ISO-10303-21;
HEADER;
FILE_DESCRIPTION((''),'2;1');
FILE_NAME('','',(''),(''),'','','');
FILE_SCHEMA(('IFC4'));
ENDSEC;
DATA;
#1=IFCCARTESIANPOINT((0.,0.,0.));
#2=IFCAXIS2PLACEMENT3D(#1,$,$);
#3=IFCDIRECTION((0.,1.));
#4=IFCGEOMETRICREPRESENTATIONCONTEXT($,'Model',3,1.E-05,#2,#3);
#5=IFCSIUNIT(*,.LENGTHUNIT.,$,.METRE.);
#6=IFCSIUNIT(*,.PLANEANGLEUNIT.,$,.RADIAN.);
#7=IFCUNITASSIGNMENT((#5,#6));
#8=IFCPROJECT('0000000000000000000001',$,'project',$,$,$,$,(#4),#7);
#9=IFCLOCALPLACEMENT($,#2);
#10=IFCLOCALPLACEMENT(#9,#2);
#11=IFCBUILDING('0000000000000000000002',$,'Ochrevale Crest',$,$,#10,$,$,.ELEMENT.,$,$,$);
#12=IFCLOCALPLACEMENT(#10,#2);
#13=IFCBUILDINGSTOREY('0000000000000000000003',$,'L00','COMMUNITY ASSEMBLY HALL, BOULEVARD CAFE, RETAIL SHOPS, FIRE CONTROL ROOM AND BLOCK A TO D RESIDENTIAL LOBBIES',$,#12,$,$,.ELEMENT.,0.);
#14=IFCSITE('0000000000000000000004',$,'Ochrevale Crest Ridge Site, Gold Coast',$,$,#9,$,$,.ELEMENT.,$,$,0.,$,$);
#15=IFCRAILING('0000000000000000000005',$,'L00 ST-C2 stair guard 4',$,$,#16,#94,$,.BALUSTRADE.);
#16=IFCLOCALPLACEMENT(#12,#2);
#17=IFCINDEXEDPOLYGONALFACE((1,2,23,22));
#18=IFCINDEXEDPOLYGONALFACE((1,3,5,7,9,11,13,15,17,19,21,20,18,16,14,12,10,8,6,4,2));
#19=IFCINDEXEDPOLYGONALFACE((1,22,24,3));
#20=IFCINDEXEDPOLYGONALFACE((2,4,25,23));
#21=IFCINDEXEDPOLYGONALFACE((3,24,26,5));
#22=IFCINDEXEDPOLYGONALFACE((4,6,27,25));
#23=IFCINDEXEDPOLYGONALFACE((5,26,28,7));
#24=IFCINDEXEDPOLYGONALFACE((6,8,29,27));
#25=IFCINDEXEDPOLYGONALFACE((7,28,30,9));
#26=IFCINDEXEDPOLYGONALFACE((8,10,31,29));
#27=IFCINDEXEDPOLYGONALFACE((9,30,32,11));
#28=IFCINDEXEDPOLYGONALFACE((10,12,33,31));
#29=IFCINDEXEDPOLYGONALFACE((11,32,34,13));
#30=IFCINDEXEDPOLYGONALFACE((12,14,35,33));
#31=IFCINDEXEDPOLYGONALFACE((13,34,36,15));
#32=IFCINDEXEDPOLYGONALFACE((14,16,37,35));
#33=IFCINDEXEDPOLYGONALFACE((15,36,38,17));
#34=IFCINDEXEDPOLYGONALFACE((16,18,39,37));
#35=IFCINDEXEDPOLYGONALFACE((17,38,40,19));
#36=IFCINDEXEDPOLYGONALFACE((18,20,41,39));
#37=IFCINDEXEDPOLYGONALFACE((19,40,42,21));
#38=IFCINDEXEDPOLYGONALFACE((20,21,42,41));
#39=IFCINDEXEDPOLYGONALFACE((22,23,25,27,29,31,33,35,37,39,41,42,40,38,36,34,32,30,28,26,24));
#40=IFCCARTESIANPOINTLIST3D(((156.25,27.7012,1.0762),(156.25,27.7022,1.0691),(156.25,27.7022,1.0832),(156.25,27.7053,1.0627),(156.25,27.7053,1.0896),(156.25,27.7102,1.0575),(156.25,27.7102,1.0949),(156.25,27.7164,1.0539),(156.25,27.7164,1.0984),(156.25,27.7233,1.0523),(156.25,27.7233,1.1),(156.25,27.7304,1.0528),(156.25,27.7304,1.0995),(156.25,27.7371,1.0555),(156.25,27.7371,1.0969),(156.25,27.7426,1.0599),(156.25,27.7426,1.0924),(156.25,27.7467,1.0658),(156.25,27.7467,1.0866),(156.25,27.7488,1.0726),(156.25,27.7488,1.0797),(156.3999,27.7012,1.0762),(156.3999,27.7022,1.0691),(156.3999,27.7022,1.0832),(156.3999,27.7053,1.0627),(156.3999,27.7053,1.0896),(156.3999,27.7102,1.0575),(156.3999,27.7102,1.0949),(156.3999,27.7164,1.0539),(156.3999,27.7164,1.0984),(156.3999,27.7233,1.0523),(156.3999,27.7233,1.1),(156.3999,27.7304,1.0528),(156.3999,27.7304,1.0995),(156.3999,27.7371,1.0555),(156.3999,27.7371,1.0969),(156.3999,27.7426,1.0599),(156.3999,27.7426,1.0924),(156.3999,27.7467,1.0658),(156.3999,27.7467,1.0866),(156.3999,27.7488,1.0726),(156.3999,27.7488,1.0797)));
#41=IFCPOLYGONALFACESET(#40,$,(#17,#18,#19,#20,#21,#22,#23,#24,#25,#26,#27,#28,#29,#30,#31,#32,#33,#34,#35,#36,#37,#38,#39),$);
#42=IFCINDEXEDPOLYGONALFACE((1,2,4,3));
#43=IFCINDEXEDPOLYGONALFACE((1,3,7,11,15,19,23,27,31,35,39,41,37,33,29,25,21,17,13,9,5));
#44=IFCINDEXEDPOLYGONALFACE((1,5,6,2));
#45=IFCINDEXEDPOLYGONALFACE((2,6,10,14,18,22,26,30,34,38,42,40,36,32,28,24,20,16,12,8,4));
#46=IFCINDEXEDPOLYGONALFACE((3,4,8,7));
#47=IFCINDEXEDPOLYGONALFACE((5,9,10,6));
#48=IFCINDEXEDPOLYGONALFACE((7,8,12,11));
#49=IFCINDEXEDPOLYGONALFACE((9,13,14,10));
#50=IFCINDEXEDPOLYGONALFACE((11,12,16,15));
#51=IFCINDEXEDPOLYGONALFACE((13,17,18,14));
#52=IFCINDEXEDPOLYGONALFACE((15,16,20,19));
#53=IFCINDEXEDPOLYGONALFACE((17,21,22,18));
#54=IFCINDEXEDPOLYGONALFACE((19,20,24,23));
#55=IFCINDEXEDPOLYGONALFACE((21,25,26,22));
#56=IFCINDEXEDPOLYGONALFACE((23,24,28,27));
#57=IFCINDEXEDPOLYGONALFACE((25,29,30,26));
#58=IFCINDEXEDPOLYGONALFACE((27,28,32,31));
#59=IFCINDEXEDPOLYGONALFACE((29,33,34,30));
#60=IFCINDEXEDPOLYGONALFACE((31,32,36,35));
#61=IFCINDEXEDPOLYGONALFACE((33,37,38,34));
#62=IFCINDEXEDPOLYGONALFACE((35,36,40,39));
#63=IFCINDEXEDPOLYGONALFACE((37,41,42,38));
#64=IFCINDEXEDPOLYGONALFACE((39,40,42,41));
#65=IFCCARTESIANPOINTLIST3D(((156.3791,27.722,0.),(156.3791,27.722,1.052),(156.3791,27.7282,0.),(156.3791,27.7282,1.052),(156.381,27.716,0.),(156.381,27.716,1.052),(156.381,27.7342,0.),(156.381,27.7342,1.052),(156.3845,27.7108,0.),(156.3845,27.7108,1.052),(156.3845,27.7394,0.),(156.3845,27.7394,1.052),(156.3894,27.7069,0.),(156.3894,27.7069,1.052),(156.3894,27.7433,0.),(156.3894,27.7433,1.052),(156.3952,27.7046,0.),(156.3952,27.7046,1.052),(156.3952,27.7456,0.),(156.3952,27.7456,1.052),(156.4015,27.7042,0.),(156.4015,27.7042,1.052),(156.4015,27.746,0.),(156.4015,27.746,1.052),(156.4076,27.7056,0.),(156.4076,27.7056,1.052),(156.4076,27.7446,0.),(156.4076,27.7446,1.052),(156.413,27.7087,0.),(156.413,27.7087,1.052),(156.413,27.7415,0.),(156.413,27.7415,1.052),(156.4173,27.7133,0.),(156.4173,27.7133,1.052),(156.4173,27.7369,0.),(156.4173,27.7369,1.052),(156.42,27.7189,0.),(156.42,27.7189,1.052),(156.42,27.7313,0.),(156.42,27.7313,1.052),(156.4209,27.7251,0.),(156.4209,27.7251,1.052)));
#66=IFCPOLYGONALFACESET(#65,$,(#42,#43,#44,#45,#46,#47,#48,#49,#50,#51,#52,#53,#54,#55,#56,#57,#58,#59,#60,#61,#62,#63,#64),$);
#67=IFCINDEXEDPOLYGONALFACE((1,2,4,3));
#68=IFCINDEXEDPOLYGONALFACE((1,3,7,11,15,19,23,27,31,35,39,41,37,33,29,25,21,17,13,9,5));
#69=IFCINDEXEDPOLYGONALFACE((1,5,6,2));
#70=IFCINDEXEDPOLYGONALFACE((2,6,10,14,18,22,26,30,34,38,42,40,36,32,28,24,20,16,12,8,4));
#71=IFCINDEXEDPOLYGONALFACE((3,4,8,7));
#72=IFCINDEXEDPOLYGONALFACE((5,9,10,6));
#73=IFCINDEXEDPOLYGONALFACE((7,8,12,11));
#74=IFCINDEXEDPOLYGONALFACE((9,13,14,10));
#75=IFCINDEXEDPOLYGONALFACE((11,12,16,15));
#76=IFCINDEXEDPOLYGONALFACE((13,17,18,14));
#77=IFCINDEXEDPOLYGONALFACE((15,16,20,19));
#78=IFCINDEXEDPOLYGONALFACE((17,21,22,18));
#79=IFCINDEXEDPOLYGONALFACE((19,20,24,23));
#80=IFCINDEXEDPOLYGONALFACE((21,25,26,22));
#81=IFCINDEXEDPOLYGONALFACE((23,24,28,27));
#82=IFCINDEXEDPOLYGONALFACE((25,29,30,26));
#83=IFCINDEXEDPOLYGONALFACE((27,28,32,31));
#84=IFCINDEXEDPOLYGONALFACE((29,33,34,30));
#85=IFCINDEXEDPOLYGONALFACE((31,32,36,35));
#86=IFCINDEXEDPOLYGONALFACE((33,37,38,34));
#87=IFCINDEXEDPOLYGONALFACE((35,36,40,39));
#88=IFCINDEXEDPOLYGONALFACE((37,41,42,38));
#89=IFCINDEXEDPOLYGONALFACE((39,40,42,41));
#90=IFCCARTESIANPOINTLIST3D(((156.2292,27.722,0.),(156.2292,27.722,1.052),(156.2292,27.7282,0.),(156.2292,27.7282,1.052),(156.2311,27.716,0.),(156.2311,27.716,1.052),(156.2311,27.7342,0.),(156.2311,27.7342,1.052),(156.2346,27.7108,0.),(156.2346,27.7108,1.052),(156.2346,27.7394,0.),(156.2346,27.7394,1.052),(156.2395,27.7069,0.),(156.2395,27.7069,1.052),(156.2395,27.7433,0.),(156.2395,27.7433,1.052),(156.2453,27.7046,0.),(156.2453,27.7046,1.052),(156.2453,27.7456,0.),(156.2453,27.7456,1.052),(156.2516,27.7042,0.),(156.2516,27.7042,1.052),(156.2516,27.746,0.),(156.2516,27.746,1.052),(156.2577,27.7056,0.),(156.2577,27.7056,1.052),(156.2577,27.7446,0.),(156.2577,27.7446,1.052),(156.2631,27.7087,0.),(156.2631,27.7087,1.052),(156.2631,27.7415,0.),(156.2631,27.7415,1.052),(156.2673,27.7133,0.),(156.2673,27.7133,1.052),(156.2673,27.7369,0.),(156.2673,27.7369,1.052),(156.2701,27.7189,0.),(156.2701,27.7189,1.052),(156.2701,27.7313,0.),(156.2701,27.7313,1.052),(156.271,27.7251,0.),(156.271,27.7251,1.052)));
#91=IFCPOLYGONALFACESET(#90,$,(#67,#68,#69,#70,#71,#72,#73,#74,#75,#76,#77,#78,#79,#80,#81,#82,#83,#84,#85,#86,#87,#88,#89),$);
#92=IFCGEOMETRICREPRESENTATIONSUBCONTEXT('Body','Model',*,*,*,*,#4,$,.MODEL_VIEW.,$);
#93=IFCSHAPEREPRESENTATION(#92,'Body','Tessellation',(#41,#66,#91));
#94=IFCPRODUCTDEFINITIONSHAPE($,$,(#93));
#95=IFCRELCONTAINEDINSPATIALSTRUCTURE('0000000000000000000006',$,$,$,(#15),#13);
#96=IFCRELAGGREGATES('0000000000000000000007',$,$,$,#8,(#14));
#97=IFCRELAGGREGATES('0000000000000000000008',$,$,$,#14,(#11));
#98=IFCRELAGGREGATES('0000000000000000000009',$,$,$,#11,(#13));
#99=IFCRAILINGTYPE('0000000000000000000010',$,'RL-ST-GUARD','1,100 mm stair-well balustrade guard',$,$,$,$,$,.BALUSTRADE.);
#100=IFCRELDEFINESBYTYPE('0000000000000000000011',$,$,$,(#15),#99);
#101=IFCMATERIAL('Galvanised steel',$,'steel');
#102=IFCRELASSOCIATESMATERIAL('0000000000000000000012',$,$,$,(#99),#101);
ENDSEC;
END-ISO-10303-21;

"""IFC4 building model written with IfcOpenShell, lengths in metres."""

from ifc_helpers import new_model, si_unit, direction, frame, origin, origin_2d, place, context, subcontext, project, spatial, circle, extrude, material, type_object, element, save


model = new_model("IFC4")

# Units and contexts
model_context = context("Model", 3, precision=1e-05, world=origin(), true_north=direction((0.0, 1.0)))
body_context = subcontext(model_context, "Body", "Model", "MODEL_VIEW")
ifc_project = project(units=[si_unit("LENGTHUNIT", "METRE"), si_unit("PLANEANGLEUNIT", "RADIAN")], contexts=[model_context])

# Site, building, storey
site_placement = place(None, origin())
site = spatial("IfcSite", under=ifc_project, at=site_placement, Name="Ochrevale Crest Ridge Site, Gold Coast", CompositionType="ELEMENT", RefElevation=0.0)
building_placement = place(site_placement, origin())
building = spatial("IfcBuilding", under=site, at=building_placement, Name="Ochrevale Crest", CompositionType="ELEMENT")
storey_placement = place(building_placement, origin())
storey = spatial("IfcBuildingStorey", under=building, at=storey_placement, Name="L00", Description="COMMUNITY ASSEMBLY HALL, BOULEVARD CAFE, RETAIL SHOPS, FIRE CONTROL ROOM AND BLOCK A TO D RESIDENTIAL LOBBIES", CompositionType="ELEMENT", Elevation=0.0)

# Railing
ifc_material_1 = material(Name="Galvanised steel", Category="steel")
railing_type_1 = type_object("IfcRailingType", Name="RL-ST-GUARD", Description="1,100 mm stair-well balustrade guard", PredefinedType="BALUSTRADE", material=ifc_material_1)
railing_1_placement = place(storey_placement, frame((156.3999, 27.7251, 0.0)))
element("IfcRailing", 1, at=railing_1_placement, inside=storey, type_object=railing_type_1, Name="L00 ST-C2 stair guard 4", PredefinedType="BALUSTRADE", context=body_context, shape_type="SweptSolid", body=[
    extrude(circle(Radius=0.0239, at=origin_2d()), frame((0.0, 0.0, 1.0762), z_axis=(-1.0, 0.0, 0.0), x_axis=(0.0, -1.0, 0.0)), (0.0, 0.0, 1.0), 0.1499),
    extrude(circle(Radius=0.021, at=origin_2d()), origin(), (0.0, 0.0, 1.0), 1.052),
    extrude(circle(Radius=0.021, at=origin_2d()), frame((-0.1499, 0.0, 0.0)), (0.0, 0.0, 1.0), 1.052),
])

save(model, "model.ifc")
